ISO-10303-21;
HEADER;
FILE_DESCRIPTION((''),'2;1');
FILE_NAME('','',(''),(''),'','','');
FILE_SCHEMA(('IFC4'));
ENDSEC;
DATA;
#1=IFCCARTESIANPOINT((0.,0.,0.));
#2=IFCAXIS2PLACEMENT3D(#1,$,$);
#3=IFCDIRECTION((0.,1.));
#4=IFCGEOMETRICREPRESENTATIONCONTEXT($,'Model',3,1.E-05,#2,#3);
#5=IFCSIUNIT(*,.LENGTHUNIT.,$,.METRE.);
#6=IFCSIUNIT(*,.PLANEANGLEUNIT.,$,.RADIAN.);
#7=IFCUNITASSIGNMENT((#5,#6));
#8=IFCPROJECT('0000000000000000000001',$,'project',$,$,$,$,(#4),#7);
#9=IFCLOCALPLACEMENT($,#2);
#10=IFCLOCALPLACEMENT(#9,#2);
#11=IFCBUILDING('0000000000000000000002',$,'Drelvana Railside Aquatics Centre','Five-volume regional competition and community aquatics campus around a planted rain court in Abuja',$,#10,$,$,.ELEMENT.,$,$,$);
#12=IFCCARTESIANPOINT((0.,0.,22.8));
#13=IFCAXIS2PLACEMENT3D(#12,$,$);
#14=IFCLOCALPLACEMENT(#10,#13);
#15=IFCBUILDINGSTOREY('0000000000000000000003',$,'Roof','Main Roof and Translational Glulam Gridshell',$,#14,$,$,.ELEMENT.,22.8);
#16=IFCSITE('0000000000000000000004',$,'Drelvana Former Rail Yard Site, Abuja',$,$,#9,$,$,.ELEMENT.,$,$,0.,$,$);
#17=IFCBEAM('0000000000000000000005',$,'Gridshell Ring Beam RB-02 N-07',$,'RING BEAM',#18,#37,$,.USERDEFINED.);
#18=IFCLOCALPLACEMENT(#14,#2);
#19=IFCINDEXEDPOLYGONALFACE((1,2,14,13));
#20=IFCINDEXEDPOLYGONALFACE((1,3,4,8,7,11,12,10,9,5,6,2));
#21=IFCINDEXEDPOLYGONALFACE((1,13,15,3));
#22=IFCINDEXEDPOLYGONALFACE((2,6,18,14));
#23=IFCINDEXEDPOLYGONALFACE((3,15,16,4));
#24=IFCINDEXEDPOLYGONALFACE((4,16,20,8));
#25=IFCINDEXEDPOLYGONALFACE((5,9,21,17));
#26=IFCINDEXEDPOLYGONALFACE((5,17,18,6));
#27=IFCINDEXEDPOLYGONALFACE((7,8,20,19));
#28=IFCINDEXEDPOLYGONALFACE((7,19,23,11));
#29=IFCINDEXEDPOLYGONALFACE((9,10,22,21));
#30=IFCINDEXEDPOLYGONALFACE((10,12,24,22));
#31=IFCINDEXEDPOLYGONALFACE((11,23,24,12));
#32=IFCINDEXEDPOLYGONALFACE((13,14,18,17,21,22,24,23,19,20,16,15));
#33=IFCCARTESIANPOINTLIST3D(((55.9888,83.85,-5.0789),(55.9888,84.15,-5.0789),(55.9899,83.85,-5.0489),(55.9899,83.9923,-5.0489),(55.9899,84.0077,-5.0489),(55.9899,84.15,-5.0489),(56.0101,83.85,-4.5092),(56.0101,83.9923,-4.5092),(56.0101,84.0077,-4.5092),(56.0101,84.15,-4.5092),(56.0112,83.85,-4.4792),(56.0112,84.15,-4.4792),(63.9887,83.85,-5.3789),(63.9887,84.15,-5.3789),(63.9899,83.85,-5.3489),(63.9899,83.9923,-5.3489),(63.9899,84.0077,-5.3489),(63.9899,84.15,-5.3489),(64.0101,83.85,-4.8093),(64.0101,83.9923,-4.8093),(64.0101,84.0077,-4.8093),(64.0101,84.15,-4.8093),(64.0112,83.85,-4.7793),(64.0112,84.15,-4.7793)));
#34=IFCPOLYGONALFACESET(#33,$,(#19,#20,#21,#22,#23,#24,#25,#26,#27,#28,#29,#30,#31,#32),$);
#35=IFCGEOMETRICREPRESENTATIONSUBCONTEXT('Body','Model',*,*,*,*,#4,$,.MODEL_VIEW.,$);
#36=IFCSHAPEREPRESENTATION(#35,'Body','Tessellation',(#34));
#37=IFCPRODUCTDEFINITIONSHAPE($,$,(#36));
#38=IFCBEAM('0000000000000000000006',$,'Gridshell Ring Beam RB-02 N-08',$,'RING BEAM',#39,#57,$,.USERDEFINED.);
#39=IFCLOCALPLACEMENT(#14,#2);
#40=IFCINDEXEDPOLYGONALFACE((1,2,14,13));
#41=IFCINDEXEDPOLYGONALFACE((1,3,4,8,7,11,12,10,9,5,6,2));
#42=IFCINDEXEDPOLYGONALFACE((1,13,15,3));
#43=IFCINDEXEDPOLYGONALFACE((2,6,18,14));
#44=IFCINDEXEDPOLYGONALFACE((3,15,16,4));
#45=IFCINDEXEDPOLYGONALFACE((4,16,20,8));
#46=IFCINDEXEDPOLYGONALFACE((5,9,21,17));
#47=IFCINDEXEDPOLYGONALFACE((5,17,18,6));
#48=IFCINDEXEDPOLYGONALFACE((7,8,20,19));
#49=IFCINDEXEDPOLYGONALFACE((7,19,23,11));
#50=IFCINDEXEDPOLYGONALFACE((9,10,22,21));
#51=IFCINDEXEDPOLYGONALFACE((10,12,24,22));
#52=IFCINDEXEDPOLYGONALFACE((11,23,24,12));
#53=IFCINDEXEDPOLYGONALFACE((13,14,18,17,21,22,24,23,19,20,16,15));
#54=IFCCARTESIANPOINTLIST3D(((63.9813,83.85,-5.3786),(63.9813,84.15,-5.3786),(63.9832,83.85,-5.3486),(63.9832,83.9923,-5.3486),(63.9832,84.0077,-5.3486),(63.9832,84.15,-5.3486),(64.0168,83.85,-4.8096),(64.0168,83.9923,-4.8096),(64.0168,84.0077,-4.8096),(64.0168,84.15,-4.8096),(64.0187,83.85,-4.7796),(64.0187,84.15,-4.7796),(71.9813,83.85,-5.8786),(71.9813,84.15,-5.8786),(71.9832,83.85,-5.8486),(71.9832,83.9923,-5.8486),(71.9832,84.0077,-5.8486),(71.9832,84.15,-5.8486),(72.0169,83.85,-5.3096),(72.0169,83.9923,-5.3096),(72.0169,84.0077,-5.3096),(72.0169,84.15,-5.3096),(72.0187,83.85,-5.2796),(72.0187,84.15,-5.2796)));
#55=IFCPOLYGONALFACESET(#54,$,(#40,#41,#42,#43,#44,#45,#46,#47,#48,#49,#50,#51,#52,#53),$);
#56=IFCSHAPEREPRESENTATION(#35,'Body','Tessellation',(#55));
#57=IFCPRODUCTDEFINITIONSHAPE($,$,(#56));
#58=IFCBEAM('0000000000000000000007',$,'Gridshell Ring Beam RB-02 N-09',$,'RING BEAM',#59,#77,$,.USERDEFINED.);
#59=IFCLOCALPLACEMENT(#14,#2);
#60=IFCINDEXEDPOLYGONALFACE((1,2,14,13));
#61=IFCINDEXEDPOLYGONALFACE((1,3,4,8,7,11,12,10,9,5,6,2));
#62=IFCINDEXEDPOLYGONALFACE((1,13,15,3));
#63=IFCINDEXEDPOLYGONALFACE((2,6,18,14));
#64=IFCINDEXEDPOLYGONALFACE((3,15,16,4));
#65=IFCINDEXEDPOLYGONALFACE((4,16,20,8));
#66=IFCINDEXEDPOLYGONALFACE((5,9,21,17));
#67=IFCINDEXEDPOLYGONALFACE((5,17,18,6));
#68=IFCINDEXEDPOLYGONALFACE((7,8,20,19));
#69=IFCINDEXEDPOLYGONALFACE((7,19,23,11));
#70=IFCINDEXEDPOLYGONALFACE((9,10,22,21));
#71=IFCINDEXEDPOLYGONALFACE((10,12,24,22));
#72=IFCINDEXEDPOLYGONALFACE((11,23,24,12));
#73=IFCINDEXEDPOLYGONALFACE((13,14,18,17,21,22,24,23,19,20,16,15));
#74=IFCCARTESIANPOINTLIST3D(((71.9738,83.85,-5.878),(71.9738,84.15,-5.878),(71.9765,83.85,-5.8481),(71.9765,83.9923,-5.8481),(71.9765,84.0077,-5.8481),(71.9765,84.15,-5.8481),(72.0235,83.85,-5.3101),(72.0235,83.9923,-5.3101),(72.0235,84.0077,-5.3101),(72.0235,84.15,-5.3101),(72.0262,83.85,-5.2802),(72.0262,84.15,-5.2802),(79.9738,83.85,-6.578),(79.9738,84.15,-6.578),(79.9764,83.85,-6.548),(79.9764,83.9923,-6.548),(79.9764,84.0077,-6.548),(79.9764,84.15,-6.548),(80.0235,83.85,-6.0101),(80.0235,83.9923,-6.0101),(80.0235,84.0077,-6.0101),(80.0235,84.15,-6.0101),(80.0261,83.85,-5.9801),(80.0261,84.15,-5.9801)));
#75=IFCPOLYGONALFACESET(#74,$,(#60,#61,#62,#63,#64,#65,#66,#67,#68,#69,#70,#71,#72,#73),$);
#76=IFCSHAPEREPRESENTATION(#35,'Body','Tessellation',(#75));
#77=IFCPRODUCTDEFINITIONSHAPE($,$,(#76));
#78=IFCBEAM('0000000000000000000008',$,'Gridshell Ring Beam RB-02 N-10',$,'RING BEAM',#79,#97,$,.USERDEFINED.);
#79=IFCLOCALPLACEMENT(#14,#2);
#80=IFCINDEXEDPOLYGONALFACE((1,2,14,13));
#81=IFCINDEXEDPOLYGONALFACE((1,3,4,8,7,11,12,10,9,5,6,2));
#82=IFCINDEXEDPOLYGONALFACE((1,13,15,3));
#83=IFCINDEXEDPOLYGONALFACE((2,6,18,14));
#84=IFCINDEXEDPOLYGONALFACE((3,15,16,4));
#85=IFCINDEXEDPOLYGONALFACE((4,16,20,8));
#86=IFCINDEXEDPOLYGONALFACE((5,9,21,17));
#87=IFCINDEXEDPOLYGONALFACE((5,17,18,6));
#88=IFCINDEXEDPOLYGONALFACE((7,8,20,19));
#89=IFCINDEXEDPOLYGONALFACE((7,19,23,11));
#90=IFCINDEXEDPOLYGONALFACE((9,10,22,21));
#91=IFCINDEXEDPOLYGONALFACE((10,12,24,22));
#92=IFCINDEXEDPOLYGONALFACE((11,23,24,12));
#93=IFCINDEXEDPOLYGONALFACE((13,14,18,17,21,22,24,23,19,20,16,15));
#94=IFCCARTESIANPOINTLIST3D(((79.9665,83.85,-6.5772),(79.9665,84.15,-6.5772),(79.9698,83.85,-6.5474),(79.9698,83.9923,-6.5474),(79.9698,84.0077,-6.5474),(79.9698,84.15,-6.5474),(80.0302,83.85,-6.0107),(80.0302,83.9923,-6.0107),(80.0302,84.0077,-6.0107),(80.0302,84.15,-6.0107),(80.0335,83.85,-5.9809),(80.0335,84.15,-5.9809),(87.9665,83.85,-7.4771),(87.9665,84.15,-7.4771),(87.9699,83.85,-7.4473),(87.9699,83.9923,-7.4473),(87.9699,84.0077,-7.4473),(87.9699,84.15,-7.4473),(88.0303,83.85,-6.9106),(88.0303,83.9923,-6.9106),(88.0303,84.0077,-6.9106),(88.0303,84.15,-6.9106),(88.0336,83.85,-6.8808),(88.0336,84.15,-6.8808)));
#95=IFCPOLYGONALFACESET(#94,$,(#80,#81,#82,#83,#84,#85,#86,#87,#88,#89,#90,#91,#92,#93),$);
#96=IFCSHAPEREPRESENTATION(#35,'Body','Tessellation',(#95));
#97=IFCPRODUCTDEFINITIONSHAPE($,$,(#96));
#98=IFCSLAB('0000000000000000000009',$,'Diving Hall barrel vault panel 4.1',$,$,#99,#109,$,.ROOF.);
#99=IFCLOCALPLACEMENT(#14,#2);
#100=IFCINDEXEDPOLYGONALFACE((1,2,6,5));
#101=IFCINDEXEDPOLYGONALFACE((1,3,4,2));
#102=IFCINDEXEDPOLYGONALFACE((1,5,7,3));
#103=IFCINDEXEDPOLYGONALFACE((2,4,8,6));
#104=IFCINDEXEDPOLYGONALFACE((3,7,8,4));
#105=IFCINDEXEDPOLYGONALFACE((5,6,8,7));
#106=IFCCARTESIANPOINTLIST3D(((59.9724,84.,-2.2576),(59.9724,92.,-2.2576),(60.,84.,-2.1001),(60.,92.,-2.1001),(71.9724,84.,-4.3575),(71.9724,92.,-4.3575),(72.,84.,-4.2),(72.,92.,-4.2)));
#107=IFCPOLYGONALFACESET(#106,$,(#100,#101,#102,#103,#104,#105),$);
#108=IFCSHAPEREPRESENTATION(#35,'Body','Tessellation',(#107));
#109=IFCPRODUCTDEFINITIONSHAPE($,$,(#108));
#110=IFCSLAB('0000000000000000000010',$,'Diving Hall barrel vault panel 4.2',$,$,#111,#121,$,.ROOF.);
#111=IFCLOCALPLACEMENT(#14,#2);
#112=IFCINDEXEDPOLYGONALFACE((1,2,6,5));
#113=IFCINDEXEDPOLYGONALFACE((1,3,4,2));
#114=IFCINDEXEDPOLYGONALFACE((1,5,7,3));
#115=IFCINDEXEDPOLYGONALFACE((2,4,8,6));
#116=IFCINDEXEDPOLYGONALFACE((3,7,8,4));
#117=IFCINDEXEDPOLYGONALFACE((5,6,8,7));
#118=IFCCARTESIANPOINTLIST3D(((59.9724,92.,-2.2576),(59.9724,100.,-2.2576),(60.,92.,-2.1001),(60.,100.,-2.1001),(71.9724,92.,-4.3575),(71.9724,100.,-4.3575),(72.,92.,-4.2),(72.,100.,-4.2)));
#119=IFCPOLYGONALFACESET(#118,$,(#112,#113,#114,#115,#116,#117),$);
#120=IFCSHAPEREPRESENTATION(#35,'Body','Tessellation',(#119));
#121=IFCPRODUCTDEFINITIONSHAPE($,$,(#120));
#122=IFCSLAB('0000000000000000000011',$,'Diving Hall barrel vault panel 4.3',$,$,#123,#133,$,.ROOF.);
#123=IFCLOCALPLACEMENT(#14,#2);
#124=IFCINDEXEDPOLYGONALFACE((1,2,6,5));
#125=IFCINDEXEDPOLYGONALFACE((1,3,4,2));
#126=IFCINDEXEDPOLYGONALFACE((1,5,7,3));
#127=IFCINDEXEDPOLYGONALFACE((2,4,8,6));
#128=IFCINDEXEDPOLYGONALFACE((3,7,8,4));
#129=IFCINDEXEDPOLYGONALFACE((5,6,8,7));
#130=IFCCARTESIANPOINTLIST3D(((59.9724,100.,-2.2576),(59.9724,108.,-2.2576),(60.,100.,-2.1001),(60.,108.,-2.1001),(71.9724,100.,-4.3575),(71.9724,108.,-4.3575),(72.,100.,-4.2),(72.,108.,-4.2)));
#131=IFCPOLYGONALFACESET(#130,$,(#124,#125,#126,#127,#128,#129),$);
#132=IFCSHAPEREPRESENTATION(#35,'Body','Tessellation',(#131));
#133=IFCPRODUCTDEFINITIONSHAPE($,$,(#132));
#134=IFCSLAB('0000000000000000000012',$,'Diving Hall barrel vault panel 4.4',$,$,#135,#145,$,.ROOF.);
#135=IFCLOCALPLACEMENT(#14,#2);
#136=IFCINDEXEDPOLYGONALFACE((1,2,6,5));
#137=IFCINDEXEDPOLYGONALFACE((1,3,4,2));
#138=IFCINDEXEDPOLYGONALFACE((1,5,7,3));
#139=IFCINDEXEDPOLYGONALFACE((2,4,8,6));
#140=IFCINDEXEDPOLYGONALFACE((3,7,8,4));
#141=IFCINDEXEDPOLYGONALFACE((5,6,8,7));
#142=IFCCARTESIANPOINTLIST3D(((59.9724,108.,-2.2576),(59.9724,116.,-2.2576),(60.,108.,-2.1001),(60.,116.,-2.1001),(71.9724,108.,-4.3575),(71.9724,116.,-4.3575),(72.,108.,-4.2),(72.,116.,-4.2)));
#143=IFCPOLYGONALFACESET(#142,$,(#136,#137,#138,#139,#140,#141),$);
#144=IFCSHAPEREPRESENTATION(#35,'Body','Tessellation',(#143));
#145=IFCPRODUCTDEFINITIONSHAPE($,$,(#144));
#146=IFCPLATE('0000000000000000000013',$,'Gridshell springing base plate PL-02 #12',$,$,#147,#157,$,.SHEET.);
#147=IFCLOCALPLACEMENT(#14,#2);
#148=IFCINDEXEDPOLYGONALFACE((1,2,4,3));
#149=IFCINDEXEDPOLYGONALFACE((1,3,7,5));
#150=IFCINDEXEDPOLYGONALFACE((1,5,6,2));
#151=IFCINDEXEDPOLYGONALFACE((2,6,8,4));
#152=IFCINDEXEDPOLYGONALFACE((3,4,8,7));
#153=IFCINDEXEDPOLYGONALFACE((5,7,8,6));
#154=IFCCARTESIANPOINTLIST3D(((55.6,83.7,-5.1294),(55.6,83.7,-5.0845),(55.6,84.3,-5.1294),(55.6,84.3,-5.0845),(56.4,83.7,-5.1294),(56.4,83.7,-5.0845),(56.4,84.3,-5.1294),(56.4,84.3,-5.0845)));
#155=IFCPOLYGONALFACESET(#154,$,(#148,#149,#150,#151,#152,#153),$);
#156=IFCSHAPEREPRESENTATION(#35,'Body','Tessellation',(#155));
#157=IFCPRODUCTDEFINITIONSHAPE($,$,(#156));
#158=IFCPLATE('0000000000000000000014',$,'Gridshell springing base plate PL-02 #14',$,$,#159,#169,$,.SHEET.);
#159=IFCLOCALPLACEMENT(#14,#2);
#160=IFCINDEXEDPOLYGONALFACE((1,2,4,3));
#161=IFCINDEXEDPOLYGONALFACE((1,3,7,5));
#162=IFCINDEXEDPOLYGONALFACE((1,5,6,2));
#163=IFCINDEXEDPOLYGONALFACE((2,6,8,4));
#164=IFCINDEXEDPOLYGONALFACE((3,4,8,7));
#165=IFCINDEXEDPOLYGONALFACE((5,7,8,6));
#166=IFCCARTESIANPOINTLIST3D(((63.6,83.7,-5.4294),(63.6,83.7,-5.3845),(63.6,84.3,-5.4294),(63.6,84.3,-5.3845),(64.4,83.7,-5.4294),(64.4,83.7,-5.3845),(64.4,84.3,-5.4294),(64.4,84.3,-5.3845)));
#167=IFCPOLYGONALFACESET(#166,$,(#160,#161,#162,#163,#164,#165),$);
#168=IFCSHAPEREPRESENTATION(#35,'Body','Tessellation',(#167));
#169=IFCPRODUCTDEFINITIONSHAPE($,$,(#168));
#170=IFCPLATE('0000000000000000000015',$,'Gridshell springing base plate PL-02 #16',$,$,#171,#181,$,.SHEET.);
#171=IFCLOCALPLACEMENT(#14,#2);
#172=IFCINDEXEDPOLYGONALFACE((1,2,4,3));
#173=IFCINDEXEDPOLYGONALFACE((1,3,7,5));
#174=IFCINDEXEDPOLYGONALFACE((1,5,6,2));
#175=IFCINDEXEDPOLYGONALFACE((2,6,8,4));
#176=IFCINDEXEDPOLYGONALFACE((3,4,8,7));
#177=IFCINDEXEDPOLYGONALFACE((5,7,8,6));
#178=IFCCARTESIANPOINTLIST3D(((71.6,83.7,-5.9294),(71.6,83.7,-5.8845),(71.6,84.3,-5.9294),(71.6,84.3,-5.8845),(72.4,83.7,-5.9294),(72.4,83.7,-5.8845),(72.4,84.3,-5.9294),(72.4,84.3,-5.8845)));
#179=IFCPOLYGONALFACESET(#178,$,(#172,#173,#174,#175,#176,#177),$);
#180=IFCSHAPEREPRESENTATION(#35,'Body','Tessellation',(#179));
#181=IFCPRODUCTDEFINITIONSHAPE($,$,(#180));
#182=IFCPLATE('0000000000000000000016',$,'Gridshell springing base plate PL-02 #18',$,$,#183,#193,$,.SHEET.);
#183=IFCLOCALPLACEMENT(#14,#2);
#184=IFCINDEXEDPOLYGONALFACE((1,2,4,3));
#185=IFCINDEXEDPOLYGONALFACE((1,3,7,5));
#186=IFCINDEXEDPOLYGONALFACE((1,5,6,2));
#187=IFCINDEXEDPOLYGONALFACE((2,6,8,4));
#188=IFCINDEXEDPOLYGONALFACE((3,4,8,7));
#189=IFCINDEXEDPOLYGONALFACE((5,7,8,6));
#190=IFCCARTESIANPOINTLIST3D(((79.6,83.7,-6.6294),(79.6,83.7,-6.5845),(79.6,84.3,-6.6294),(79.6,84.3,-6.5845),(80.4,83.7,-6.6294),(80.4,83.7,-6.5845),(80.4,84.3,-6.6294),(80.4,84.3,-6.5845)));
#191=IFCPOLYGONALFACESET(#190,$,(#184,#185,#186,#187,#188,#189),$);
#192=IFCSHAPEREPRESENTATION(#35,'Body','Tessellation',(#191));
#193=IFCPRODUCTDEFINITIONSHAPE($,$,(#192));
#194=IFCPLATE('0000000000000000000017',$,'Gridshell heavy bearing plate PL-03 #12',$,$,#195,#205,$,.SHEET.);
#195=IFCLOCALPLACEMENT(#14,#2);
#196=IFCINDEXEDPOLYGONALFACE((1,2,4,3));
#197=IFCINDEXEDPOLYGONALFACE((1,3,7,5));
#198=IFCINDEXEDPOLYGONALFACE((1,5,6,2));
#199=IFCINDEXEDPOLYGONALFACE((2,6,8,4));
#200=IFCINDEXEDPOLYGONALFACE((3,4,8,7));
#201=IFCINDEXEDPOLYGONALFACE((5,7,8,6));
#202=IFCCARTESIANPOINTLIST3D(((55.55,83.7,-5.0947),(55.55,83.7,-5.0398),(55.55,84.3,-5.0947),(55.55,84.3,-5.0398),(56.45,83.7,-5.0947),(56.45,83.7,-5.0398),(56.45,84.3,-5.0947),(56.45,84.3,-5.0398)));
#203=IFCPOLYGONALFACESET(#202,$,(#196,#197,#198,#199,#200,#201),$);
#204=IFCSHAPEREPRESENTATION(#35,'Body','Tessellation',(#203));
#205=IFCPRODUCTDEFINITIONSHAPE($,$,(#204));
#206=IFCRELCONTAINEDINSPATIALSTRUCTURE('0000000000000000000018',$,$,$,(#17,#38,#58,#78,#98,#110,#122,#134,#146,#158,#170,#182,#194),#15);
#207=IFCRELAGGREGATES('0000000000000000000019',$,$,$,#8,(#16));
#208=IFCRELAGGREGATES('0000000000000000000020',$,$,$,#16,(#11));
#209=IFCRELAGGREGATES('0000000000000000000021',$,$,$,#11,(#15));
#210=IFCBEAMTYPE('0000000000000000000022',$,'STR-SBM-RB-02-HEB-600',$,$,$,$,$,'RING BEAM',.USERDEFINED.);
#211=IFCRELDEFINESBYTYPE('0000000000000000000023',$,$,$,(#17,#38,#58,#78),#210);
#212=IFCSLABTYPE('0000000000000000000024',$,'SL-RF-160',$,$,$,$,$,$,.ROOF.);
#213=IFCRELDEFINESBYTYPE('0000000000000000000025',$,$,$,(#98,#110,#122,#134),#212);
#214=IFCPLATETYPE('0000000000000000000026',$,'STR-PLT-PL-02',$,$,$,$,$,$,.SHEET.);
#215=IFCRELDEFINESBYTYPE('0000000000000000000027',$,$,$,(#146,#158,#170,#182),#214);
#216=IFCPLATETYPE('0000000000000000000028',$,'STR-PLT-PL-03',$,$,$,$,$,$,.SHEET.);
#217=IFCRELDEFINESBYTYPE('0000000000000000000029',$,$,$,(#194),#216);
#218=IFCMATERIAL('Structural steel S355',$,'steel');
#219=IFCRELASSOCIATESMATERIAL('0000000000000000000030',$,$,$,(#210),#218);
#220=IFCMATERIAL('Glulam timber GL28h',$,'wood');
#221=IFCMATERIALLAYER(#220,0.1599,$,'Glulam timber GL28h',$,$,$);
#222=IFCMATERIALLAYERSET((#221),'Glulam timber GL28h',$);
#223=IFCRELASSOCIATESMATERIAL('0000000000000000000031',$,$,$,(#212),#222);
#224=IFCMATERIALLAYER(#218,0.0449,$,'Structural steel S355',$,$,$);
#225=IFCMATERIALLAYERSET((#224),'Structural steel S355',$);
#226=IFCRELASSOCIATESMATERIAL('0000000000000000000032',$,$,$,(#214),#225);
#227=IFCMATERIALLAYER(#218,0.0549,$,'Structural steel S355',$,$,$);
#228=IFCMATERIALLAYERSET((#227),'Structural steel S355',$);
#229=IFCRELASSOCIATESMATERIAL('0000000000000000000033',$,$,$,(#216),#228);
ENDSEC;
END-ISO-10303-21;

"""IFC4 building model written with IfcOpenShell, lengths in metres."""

from ifc_helpers import new_model, si_unit, direction, frame, origin, origin_2d, place, context, subcontext, project, spatial, polyline, rectangle, i_section, outline, extrude, material, layer, layer_set, material_profile, profile_set, type_object, element, save


model = new_model("IFC4")

# Units and contexts
model_context = context("Model", 3, precision=1e-05, world=origin(), true_north=direction((0.0, 1.0)))
body_context = subcontext(model_context, "Body", "Model", "MODEL_VIEW")
ifc_project = project(units=[si_unit("LENGTHUNIT", "METRE"), si_unit("PLANEANGLEUNIT", "RADIAN")], contexts=[model_context])

# Site, building, storey
site_placement = place(None, origin())
site = spatial("IfcSite", under=ifc_project, at=site_placement, Name="Drelvana Former Rail Yard Site, Abuja", CompositionType="ELEMENT", RefElevation=0.0)
building_placement = place(site_placement, origin())
building = spatial("IfcBuilding", under=site, at=building_placement, Name="Drelvana Railside Aquatics Centre", Description="Five-volume regional competition and community aquatics campus around a planted rain court in Abuja", CompositionType="ELEMENT")
storey_placement = place(building_placement, frame((0.0, 0.0, 22.8)))
storey = spatial("IfcBuildingStorey", under=building, at=storey_placement, Name="Roof", Description="Main Roof and Translational Glulam Gridshell", CompositionType="ELEMENT", Elevation=22.8)

# Shared definitions
ifc_material_1 = material(Name="Glulam timber GL28h", Category="wood")

# Beams
ifc_material_2 = material(Name="Structural steel S355", Category="steel")
ifc_material_profile_1 = material_profile(ifc_material_2, i_section(OverallWidth=0.3, OverallDepth=0.6001, WebThickness=0.0154, FlangeThickness=0.03, at=origin_2d()), Name="HEB 600")
ifc_profile_set_1 = profile_set([ifc_material_profile_1], Name="Structural steel S355")
beam_type_1 = type_object("IfcBeamType", Name="STR-SBM-RB-02-HEB-600", ElementType="RING BEAM", PredefinedType="USERDEFINED", material=ifc_profile_set_1)
beam_1_placement = place(storey_placement, frame((56.0, 84.0, -4.7791), z_axis=(0.999297, 0.0, -0.03748), x_axis=(0.0, 1.0, 0.0)))
element("IfcBeam", 1, at=beam_1_placement, inside=storey, type_object=beam_type_1, Name="Gridshell Ring Beam RB-02 N-07", ObjectType="RING BEAM", PredefinedType="USERDEFINED", context=body_context, shape_type="SweptSolid", body=[
    extrude(i_section(OverallWidth=0.3, OverallDepth=0.6001, WebThickness=0.0154, FlangeThickness=0.03, at=origin_2d()), origin(), (0.0, 0.0, 1.0), 8.0056),
])
beam_2_placement = place(storey_placement, frame((64.0, 84.0, -5.0791), z_axis=(0.998053, 0.0, -0.062378), x_axis=(0.0, 1.0, 0.0)))
element("IfcBeam", 2, at=beam_2_placement, inside=storey, type_object=beam_type_1, Name="Gridshell Ring Beam RB-02 N-08", ObjectType="RING BEAM", PredefinedType="USERDEFINED", context=body_context, shape_type="SweptSolid", body=[
    extrude(i_section(OverallWidth=0.3, OverallDepth=0.6001, WebThickness=0.0154, FlangeThickness=0.03, at=origin_2d()), origin(), (0.0, 0.0, 1.0), 8.0156),
])
beam_3_placement = place(storey_placement, frame((72.0, 84.0, -5.5791), z_axis=(0.996194, 0.0, -0.087161), x_axis=(0.0, 1.0, 0.0)))
element("IfcBeam", 3, at=beam_3_placement, inside=storey, type_object=beam_type_1, Name="Gridshell Ring Beam RB-02 N-09", ObjectType="RING BEAM", PredefinedType="USERDEFINED", context=body_context, shape_type="SweptSolid", body=[
    extrude(i_section(OverallWidth=0.3, OverallDepth=0.6001, WebThickness=0.0154, FlangeThickness=0.03, at=origin_2d()), origin(), (0.0, 0.0, 1.0), 8.0305),
])
beam_4_placement = place(storey_placement, frame((80.0, 84.0, -6.2791), z_axis=(0.993733, 0.0, -0.111783), x_axis=(0.0, 1.0, 0.0)))
element("IfcBeam", 4, at=beam_4_placement, inside=storey, type_object=beam_type_1, Name="Gridshell Ring Beam RB-02 N-10", ObjectType="RING BEAM", PredefinedType="USERDEFINED", context=body_context, shape_type="SweptSolid", body=[
    extrude(i_section(OverallWidth=0.3, OverallDepth=0.6001, WebThickness=0.0154, FlangeThickness=0.03, at=origin_2d()), origin(), (0.0, 0.0, 1.0), 8.0505),
])

# Slabs
ifc_layer_1 = layer(ifc_material_1, 0.1599, Name="Glulam timber GL28h")
ifc_layer_set_1 = layer_set([ifc_layer_1], Name="Glulam timber GL28h")
slab_type = type_object("IfcSlabType", Name="SL-RF-160", PredefinedType="ROOF", material=ifc_layer_set_1)
for number, where, z_axis, x_axis, name in (
    (5, (60.0, 84.0, -2.1001), (0.172369, 0.0, 0.985033), (0.985033, 0.0, -0.172369), "Diving Hall barrel vault panel 4.1"),
    (6, (60.0, 92.0, -2.1001), (0.172369, 0.0, 0.985033), (0.985033, 0.0, -0.172369), "Diving Hall barrel vault panel 4.2"),
    (7, (60.0, 100.0, -2.1001), (0.172369, 0.0, 0.985033), (0.985033, 0.0, -0.172369), "Diving Hall barrel vault panel 4.3"),
    (8, (60.0, 108.0, -2.1001), (0.172369, 0.0, 0.985033), (0.985033, 0.0, -0.172369), "Diving Hall barrel vault panel 4.4"),
):
    element("IfcSlab", number, at=place(storey_placement, frame(where, z_axis=z_axis, x_axis=x_axis)), inside=storey, type_object=slab_type, Name=name, PredefinedType="ROOF", context=body_context, shape_type="SweptSolid", body=[
        extrude(outline(polyline([(0.0, 0.0), (12.1823, 0.0), (12.1823, 8.0), (0.0, 8.0), (0.0, 0.0)])), origin(), (0.0, 0.0, -1.0), 0.1599),
    ])

# Plates
ifc_layer_2 = layer(ifc_material_2, 0.0449, Name="Structural steel S355")
ifc_layer_set_2 = layer_set([ifc_layer_2], Name="Structural steel S355")
plate_type_1 = type_object("IfcPlateType", Name="STR-PLT-PL-02", PredefinedType="SHEET", material=ifc_layer_set_2)
for number, where, z_axis, x_axis, name in (
    (9, (56.0, 84.0, -5.1294), (0.0, 0.0, 1.0), (1.0, 0.0, 0.0), "Gridshell springing base plate PL-02 #12"),
    (10, (64.0, 84.0, -5.4294), (0.0, 0.0, 1.0), (1.0, 0.0, 0.0), "Gridshell springing base plate PL-02 #14"),
    (11, (72.0, 84.0, -5.9294), (0.0, 0.0, 1.0), (1.0, 0.0, 0.0), "Gridshell springing base plate PL-02 #16"),
    (12, (80.0, 84.0, -6.6294), (0.0, 0.0, 1.0), (1.0, 0.0, 0.0), "Gridshell springing base plate PL-02 #18"),
):
    element("IfcPlate", number, at=place(storey_placement, frame(where, z_axis=z_axis, x_axis=x_axis)), inside=storey, type_object=plate_type_1, Name=name, PredefinedType="SHEET", context=body_context, shape_type="SweptSolid", body=[
        extrude(rectangle(XDim=0.8, YDim=0.6001, at=origin_2d()), origin(), (0.0, 0.0, 1.0), 0.0449),
    ])
ifc_layer_3 = layer(ifc_material_2, 0.0549, Name="Structural steel S355")
ifc_layer_set_3 = layer_set([ifc_layer_3], Name="Structural steel S355")
plate_type_2 = type_object("IfcPlateType", Name="STR-PLT-PL-03", PredefinedType="SHEET", material=ifc_layer_set_3)
plate_placement = place(storey_placement, frame((56.0, 84.0, -5.0947), z_axis=(0.0, 0.0, 1.0), x_axis=(1.0, 0.0, 0.0)))
element("IfcPlate", 13, at=plate_placement, inside=storey, type_object=plate_type_2, Name="Gridshell heavy bearing plate PL-03 #12", PredefinedType="SHEET", context=body_context, shape_type="SweptSolid", body=[
    extrude(rectangle(XDim=0.8999, YDim=0.6001, at=origin_2d()), origin(), (0.0, 0.0, 1.0), 0.0549),
])

save(model, "model.ifc")
